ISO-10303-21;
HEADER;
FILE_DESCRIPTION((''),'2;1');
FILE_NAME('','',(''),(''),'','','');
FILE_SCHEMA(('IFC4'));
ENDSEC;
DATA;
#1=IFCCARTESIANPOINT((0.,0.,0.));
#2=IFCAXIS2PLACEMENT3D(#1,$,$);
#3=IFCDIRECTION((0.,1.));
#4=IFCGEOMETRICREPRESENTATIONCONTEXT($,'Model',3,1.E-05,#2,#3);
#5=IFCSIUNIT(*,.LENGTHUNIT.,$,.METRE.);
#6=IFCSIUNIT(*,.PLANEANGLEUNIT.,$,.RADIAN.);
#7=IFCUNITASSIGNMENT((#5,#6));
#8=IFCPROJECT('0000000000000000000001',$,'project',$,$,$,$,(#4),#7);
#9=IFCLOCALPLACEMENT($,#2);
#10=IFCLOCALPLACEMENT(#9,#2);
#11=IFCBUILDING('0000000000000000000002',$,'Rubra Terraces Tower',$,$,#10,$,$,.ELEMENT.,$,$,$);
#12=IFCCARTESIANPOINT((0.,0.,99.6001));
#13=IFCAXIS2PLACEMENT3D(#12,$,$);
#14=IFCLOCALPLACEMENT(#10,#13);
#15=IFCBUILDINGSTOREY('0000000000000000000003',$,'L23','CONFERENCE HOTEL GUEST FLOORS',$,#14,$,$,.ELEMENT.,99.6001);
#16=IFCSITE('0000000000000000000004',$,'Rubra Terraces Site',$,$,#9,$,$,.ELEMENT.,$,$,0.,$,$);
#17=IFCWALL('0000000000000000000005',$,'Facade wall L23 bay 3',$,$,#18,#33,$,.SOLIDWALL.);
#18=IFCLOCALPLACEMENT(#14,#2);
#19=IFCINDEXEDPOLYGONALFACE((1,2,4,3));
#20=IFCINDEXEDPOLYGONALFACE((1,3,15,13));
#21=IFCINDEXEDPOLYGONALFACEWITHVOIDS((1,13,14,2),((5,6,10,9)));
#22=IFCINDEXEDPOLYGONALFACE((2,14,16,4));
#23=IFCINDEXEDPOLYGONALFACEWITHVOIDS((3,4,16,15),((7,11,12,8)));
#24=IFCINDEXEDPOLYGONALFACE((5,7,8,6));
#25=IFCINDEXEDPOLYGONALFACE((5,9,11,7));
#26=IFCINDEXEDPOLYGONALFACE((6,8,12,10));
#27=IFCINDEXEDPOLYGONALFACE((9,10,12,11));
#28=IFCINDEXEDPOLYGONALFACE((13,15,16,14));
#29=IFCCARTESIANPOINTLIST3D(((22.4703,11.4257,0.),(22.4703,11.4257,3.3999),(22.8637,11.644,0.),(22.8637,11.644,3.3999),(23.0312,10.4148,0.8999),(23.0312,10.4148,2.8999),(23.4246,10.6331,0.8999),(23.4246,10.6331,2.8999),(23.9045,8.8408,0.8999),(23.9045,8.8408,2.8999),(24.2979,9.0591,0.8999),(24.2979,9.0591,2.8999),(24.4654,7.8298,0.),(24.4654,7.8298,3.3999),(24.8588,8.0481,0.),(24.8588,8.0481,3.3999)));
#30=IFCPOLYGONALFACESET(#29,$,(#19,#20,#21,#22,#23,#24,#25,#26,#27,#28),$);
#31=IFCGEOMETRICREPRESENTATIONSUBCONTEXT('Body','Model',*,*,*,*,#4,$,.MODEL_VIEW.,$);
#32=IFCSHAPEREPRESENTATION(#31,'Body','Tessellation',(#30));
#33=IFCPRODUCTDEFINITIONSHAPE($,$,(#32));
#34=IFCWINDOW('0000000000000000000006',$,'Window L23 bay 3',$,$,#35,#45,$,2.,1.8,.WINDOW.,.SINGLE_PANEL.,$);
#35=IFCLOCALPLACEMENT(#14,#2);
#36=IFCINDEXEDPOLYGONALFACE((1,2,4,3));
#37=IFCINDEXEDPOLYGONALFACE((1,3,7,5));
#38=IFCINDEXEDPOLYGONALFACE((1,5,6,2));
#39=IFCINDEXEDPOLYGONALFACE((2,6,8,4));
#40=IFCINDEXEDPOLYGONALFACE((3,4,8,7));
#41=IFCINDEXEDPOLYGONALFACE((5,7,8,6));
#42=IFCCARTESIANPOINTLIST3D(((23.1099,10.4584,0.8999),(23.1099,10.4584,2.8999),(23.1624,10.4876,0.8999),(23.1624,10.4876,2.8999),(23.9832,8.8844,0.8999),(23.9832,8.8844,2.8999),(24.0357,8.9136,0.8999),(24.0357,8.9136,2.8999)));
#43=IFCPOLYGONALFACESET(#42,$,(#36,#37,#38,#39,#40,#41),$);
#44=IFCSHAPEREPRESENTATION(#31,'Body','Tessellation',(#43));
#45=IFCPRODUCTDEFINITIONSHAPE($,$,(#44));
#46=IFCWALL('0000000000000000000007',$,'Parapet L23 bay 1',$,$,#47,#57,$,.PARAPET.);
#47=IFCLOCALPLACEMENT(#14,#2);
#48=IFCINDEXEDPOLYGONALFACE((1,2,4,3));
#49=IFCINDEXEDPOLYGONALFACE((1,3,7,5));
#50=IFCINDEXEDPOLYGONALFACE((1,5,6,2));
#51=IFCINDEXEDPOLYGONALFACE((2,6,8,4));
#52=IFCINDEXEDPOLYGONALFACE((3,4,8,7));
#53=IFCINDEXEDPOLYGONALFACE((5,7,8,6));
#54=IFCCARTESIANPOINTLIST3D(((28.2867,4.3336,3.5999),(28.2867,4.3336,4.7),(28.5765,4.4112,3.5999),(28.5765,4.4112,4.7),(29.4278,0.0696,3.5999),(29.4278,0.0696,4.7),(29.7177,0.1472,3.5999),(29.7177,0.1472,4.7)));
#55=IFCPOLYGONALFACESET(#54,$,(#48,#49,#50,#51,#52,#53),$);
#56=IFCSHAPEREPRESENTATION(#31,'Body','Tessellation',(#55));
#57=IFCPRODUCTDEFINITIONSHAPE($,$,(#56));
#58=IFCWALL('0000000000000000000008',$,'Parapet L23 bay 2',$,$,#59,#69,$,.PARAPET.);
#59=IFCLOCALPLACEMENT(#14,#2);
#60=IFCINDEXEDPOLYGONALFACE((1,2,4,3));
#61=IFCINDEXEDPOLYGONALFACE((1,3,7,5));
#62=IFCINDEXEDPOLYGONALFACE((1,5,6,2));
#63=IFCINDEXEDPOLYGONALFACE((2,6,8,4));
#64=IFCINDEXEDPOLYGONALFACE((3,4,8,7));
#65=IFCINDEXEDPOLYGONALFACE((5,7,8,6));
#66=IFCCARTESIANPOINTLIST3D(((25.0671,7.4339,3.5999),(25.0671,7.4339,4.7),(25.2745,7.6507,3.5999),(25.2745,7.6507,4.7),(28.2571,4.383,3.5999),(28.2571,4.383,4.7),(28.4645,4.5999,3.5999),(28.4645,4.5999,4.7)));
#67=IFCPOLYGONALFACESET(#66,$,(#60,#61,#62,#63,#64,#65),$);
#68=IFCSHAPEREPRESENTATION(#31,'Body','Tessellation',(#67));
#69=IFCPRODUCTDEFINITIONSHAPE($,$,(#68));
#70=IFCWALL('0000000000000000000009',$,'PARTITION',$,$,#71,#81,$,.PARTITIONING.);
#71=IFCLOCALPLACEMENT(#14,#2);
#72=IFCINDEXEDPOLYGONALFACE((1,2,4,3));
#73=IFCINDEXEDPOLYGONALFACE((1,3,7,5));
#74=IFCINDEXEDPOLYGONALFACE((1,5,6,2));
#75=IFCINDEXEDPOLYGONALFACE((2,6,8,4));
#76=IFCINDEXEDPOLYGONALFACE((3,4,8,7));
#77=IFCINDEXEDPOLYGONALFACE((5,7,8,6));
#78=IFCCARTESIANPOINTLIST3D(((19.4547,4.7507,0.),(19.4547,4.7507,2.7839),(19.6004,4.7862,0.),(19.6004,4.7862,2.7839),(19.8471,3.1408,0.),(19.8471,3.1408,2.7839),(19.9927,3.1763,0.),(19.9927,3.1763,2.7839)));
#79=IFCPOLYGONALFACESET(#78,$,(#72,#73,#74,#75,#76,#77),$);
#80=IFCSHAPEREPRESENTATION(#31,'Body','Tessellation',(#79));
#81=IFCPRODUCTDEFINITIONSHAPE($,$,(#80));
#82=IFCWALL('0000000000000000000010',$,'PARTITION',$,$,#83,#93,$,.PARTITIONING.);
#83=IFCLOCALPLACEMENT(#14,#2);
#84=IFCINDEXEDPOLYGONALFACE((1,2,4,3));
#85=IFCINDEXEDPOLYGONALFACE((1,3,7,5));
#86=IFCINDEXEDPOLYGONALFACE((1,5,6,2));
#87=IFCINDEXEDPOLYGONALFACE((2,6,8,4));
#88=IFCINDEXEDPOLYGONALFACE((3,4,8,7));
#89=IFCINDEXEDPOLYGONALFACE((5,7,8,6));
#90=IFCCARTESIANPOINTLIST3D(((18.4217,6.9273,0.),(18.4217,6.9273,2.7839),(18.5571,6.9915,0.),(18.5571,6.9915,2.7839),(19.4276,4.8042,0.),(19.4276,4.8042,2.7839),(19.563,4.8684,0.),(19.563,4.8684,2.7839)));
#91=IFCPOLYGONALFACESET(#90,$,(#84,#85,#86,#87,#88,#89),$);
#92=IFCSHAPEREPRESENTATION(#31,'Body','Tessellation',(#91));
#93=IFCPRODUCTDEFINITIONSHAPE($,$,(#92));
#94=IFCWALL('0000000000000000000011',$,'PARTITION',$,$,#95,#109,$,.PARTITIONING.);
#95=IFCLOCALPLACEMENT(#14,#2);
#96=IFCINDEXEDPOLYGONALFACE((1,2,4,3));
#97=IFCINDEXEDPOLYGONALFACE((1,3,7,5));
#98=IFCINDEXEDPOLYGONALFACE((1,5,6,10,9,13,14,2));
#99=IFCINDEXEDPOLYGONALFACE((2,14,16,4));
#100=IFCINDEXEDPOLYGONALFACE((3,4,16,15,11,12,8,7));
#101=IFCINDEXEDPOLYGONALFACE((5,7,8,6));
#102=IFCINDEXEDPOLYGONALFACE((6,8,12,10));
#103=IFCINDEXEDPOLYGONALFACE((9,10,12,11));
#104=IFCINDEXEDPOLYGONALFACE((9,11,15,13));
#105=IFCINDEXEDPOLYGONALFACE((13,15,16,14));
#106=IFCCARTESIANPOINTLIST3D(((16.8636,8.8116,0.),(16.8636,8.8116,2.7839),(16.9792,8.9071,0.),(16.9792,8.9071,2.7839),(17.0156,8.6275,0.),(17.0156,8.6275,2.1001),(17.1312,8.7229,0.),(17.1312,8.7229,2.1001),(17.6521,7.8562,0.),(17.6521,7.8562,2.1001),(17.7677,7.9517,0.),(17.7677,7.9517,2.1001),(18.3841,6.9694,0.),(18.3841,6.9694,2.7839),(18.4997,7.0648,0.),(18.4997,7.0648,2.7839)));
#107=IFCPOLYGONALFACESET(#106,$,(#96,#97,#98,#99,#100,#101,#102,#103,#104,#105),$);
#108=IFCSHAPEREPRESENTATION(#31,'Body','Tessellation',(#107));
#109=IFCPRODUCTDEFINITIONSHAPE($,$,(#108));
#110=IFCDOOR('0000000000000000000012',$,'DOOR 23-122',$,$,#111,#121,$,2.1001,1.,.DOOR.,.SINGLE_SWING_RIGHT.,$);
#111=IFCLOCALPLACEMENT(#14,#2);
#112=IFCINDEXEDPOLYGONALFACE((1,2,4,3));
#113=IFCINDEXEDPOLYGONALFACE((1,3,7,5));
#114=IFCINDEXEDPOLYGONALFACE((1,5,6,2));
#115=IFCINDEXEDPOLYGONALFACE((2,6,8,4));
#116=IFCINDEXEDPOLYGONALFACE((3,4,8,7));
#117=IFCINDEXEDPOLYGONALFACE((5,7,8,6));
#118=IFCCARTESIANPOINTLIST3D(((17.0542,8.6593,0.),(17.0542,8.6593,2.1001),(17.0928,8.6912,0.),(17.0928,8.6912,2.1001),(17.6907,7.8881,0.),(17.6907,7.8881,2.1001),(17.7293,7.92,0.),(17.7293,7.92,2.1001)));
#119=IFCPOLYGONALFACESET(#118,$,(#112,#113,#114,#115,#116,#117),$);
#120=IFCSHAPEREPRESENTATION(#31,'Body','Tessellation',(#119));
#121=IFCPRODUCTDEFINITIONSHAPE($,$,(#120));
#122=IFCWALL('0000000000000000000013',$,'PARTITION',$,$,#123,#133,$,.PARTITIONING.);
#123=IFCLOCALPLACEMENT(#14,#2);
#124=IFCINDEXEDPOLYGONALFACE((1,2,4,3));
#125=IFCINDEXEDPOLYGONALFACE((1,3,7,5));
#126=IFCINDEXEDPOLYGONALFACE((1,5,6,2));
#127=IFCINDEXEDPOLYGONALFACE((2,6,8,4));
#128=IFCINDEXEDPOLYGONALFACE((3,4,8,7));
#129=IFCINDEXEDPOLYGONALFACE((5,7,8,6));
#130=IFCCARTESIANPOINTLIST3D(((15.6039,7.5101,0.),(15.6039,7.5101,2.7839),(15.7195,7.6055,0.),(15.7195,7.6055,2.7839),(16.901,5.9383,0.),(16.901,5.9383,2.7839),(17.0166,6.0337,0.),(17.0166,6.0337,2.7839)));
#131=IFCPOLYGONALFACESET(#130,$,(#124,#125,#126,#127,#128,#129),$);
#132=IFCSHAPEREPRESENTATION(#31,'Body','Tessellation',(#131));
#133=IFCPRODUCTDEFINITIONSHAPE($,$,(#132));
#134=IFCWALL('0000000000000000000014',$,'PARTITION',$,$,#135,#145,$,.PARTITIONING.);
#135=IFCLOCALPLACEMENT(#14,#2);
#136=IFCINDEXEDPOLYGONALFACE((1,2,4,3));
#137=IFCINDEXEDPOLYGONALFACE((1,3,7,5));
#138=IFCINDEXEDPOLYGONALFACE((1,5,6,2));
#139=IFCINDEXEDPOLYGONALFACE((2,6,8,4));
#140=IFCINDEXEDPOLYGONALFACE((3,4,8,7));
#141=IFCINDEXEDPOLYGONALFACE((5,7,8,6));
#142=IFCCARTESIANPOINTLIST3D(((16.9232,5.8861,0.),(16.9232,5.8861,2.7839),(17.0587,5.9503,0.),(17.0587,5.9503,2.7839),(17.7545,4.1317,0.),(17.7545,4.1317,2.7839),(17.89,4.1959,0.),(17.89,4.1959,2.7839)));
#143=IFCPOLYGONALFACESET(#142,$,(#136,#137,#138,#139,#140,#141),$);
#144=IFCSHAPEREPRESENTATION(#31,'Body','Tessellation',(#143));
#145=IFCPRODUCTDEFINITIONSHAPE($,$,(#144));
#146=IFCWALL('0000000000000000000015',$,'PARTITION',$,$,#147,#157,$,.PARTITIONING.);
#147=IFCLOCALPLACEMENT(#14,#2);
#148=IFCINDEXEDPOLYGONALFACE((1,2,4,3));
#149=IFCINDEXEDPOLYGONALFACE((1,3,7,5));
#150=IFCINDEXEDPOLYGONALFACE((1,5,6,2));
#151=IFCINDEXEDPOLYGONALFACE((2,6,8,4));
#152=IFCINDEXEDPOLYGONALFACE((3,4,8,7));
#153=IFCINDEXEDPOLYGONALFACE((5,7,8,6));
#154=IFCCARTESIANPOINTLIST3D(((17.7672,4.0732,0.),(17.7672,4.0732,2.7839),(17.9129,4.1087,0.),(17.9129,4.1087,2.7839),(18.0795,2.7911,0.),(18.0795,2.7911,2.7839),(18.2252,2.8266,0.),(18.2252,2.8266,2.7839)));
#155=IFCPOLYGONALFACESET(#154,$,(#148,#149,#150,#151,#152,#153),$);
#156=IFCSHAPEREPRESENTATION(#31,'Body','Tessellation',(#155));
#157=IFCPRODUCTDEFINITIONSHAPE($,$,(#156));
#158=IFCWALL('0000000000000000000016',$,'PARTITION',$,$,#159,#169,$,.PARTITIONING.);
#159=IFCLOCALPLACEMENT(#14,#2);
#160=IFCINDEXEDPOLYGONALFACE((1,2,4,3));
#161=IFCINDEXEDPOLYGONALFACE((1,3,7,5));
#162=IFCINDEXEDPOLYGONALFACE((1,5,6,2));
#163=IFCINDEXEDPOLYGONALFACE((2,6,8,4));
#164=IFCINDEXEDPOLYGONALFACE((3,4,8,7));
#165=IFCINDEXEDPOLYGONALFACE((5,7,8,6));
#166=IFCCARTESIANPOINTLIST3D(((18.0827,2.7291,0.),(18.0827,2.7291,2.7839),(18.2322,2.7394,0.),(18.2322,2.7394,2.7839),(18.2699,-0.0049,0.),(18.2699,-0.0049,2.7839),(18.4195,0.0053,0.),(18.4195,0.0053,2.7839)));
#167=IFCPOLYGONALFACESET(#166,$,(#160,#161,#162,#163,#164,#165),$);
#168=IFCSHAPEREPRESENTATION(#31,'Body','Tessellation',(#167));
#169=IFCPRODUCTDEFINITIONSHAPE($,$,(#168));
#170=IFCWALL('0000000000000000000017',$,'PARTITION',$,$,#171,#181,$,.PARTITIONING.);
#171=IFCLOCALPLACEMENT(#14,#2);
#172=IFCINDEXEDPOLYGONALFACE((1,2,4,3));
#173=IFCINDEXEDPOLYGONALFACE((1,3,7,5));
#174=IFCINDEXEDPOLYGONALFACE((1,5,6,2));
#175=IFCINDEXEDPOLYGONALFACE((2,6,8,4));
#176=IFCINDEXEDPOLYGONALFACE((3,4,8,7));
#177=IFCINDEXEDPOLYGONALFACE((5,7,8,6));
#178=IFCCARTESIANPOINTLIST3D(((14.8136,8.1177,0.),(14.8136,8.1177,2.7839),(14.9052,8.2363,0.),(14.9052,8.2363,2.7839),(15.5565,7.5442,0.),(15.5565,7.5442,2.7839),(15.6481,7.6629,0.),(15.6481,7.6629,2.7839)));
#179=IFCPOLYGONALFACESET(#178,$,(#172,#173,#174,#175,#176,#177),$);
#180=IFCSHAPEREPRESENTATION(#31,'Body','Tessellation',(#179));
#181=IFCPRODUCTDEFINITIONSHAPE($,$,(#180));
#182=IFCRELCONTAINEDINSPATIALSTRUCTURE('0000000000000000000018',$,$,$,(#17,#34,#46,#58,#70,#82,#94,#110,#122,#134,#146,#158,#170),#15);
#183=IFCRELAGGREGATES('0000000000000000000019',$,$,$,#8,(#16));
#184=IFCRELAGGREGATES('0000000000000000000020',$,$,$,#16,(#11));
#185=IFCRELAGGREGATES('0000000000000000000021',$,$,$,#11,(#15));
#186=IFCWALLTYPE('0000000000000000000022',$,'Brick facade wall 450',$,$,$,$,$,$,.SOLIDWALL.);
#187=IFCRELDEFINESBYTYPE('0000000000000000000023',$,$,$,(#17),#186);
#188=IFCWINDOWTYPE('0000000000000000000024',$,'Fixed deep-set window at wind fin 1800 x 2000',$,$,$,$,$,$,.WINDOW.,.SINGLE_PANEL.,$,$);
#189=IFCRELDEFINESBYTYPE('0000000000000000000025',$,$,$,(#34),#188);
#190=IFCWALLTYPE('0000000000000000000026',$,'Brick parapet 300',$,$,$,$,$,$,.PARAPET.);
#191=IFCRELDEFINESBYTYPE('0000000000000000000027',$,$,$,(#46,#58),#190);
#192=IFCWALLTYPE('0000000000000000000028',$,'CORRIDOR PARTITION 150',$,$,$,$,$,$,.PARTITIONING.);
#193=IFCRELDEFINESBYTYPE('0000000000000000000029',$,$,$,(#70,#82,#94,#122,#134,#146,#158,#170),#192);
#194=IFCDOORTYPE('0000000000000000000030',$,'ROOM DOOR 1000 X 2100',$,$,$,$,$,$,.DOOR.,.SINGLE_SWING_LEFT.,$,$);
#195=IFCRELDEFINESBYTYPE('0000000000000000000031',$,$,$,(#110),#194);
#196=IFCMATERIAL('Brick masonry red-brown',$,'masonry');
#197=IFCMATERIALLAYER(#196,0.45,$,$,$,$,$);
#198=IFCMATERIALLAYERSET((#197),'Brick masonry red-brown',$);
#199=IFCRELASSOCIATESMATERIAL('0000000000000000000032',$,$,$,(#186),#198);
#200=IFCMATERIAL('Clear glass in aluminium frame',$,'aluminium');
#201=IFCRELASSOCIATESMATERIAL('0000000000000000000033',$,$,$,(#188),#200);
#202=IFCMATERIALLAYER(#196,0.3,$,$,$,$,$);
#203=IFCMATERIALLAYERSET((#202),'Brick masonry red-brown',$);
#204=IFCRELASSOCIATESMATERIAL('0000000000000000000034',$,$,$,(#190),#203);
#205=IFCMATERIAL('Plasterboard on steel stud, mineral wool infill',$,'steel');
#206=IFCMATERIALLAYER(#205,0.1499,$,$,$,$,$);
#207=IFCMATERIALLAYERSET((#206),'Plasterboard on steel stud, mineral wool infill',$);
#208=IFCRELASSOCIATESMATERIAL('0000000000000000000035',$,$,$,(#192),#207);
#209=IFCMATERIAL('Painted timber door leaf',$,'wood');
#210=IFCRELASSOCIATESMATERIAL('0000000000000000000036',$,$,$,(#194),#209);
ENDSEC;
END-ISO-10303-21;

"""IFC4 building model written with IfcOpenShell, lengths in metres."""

from ifc_helpers import new_model, si_unit, direction, frame, frame_2d, origin, place, context, subcontext, project, spatial, rectangle, extrude, material, layer, layer_set, type_object, element, fill, save


model = new_model("IFC4")

# Units and contexts
model_context = context("Model", 3, precision=1e-05, world=origin(), true_north=direction((0.0, 1.0)))
body_context = subcontext(model_context, "Body", "Model", "MODEL_VIEW")
ifc_project = project(units=[si_unit("LENGTHUNIT", "METRE"), si_unit("PLANEANGLEUNIT", "RADIAN")], contexts=[model_context])

# Site, building, storey
site_placement = place(None, origin())
site = spatial("IfcSite", under=ifc_project, at=site_placement, Name="Rubra Terraces Site", CompositionType="ELEMENT", RefElevation=0.0)
building_placement = place(site_placement, origin())
building = spatial("IfcBuilding", under=site, at=building_placement, Name="Rubra Terraces Tower", CompositionType="ELEMENT")
storey_placement = place(building_placement, frame((0.0, 0.0, 99.6001)))
storey = spatial("IfcBuildingStorey", under=building, at=storey_placement, Name="L23", Description="CONFERENCE HOTEL GUEST FLOORS", CompositionType="ELEMENT", Elevation=99.6001)

# Wall, opening, window
ifc_material_1 = material(Name="Brick masonry red-brown", Category="masonry")
ifc_layer_1 = layer(ifc_material_1, 0.45)
ifc_layer_set_1 = layer_set([ifc_layer_1], Name="Brick masonry red-brown")
wall_type_1 = type_object("IfcWallType", Name="Brick facade wall 450", PredefinedType="SOLIDWALL", material=ifc_layer_set_1)
ifc_material_2 = material(Name="Clear glass in aluminium frame", Category="aluminium")
wall_1_placement = place(storey_placement, frame((24.6621, 7.939, 0.0), z_axis=(0.0, 0.0, 1.0), x_axis=(-0.485154, 0.874429, 0.0)))
wall_1 = element("IfcWall", 1, at=wall_1_placement, inside=storey, type_object=wall_type_1, Name="Facade wall L23 bay 3", PredefinedType="SOLIDWALL", context=body_context, shape_type="SweptSolid", body=[
    extrude(rectangle(XDim=4.1123, YDim=0.45, at=frame_2d((2.0562, 0.0))), origin(), (0.0, 0.0, 1.0), 3.3999),
])
opening_1_placement = place(wall_1_placement, frame((1.1562, 0.0, 0.8999)))
opening_1 = element("IfcOpeningElement", 2, at=opening_1_placement, cuts=wall_1, PredefinedType="OPENING", context=body_context, shape_type="SweptSolid", body=[
    extrude(rectangle(XDim=1.8, YDim=2.0, at=frame_2d((0.8999, 1.0))), frame((0.0, 0.2349, 0.0), z_axis=(0.0, -1.0, 0.0), x_axis=(1.0, 0.0, 0.0)), (0.0, 0.0, 1.0), 0.47),
])
window_type_1 = type_object("IfcWindowType", Name="Fixed deep-set window at wind fin 1800 x 2000", PartitioningType="SINGLE_PANEL", PredefinedType="WINDOW", material=ifc_material_2)
window_1_placement = place(opening_1_placement, origin())
window_1 = element("IfcWindow", 3, at=window_1_placement, inside=storey, type_object=window_type_1, Name="Window L23 bay 3", OverallHeight=2.0, OverallWidth=1.8, PartitioningType="SINGLE_PANEL", PredefinedType="WINDOW", context=body_context, shape_type="SweptSolid", body=[
    extrude(rectangle(XDim=1.8, YDim=2.0, at=frame_2d((0.8999, 1.0))), frame((0.0, 0.135, 0.0), z_axis=(0.0, -1.0, 0.0), x_axis=(1.0, 0.0, 0.0)), (0.0, 0.0, 1.0), 0.0601),
])
fill(opening_1, window_1)

# Walls
ifc_layer_2 = layer(ifc_material_1, 0.3)
ifc_layer_set_2 = layer_set([ifc_layer_2], Name="Brick masonry red-brown")
wall_type_2 = type_object("IfcWallType", Name="Brick parapet 300", PredefinedType="PARAPET", material=ifc_layer_set_2)
for number, where, z_axis, x_axis, name in (
    (4, (29.5728, 0.1084, 3.5999), (0.0, 0.0, 1.0), (-0.258523, 0.966005, 0.0), "Parapet L23 bay 1"),
    (5, (28.3608, 4.4915, 3.5999), (0.0, 0.0, 1.0), (-0.722695, 0.691167, 0.0), "Parapet L23 bay 2"),
):
    element("IfcWall", number, at=place(storey_placement, frame(where, z_axis=z_axis, x_axis=x_axis)), inside=storey, type_object=wall_type_2, Name=name, PredefinedType="PARAPET", context=body_context, shape_type="SweptSolid", body=[
        extrude(rectangle(XDim=4.4141, YDim=0.3, at=frame_2d((2.207, 0.0))), origin(), (0.0, 0.0, 1.0), 1.1001),
    ])
ifc_material_3 = material(Name="Plasterboard on steel stud, mineral wool infill", Category="steel")
ifc_layer_3 = layer(ifc_material_3, 0.1499)
ifc_layer_set_3 = layer_set([ifc_layer_3], Name="Plasterboard on steel stud, mineral wool infill")
wall_type_3 = type_object("IfcWallType", Name="CORRIDOR PARTITION 150", PredefinedType="PARTITIONING", material=ifc_layer_set_3)
wall_2_placement = place(storey_placement, frame((19.9199, 3.1584, 0.0), z_axis=(0.0, 0.0, 1.0), x_axis=(-0.236776, 0.971564, 0.0)))
element("IfcWall", 6, at=wall_2_placement, inside=storey, type_object=wall_type_3, Name="PARTITION", PredefinedType="PARTITIONING", context=body_context, shape_type="SweptSolid", body=[
    extrude(rectangle(XDim=1.657, YDim=0.1499, at=frame_2d((0.8286, 0.0))), origin(), (0.0, 0.0, 1.0), 2.7839),
])
wall_3_placement = place(storey_placement, frame((19.4954, 4.8362, 0.0), z_axis=(0.0, 0.0, 1.0), x_axis=(-0.428158, 0.903704, 0.0)))
element("IfcWall", 7, at=wall_3_placement, inside=storey, type_object=wall_type_3, Name="PARTITION", PredefinedType="PARTITIONING", context=body_context, shape_type="SweptSolid", body=[
    extrude(rectangle(XDim=2.3494, YDim=0.1499, at=frame_2d((1.1748, 0.0))), origin(), (0.0, 0.0, 1.0), 2.7839),
])

# Wall, opening, door
wall_4_placement = place(storey_placement, frame((18.4419, 7.0171, 0.0), z_axis=(0.0, 0.0, 1.0), x_axis=(-0.636538, 0.771245, 0.0)))
wall_4 = element("IfcWall", 8, at=wall_4_placement, inside=storey, type_object=wall_type_3, Name="PARTITION", PredefinedType="PARTITIONING", context=body_context, shape_type="SweptSolid", body=[
    extrude(rectangle(XDim=2.3887, YDim=0.1499, at=frame_2d((1.1943, 0.0))), origin(), (0.0, 0.0, 1.0), 2.7839),
])
opening_2_placement = place(wall_4_placement, frame((1.1499, 0.0, 0.0)))
opening_2 = element("IfcOpeningElement", 9, at=opening_2_placement, cuts=wall_4, PredefinedType="OPENING", context=body_context, shape_type="SweptSolid", body=[
    extrude(rectangle(XDim=1.0, YDim=2.1001, at=frame_2d((0.5, 1.05))), frame((0.0, 0.085, 0.0), z_axis=(0.0, -1.0, 0.0), x_axis=(1.0, 0.0, 0.0)), (0.0, 0.0, 1.0), 0.1699),
])
ifc_material_4 = material(Name="Painted timber door leaf", Category="wood")
door_type_1 = type_object("IfcDoorType", Name="ROOM DOOR 1000 X 2100", OperationType="SINGLE_SWING_LEFT", PredefinedType="DOOR", material=ifc_material_4)
door_1_placement = place(opening_2_placement, origin())
door_1 = element("IfcDoor", 10, at=door_1_placement, inside=storey, type_object=door_type_1, Name="DOOR 23-122", OperationType="SINGLE_SWING_RIGHT", OverallHeight=2.1001, OverallWidth=1.0, PredefinedType="DOOR", context=body_context, shape_type="SweptSolid", body=[
    extrude(rectangle(XDim=1.0, YDim=2.1001, at=frame_2d((0.5, 1.05))), frame((0.0, 0.0249, 0.0), z_axis=(0.0, -1.0, 0.0), x_axis=(1.0, 0.0, 0.0)), (0.0, 0.0, 1.0), 0.05),
])
fill(opening_2, door_1)

# Walls
wall_5_placement = place(storey_placement, frame((15.6616, 7.5579, 0.0), z_axis=(0.0, 0.0, 1.0), x_axis=(0.636501, -0.771276, 0.0)))
element("IfcWall", 11, at=wall_5_placement, inside=storey, type_object=wall_type_3, Name="PARTITION", PredefinedType="PARTITIONING", context=body_context, shape_type="SweptSolid", body=[
    extrude(rectangle(XDim=2.0378, YDim=0.1499, at=frame_2d((1.019, 0.0))), origin(), (0.0, 0.0, 1.0), 2.7839),
])
wall_6_placement = place(storey_placement, frame((16.991, 5.9182, 0.0), z_axis=(0.0, 0.0, 1.0), x_axis=(0.4282, -0.903684, 0.0)))
element("IfcWall", 12, at=wall_6_placement, inside=storey, type_object=wall_type_3, Name="PARTITION", PredefinedType="PARTITIONING", context=body_context, shape_type="SweptSolid", body=[
    extrude(rectangle(XDim=1.9414, YDim=0.1499, at=frame_2d((0.9707, 0.0))), origin(), (0.0, 0.0, 1.0), 2.7839),
])
wall_7_placement = place(storey_placement, frame((17.8401, 4.0908, 0.0), z_axis=(0.0, 0.0, 1.0), x_axis=(0.236654, -0.971594, 0.0)))
element("IfcWall", 13, at=wall_7_placement, inside=storey, type_object=wall_type_3, Name="PARTITION", PredefinedType="PARTITIONING", context=body_context, shape_type="SweptSolid", body=[
    extrude(rectangle(XDim=1.3196, YDim=0.1499, at=frame_2d((0.6597, 0.0))), origin(), (0.0, 0.0, 1.0), 2.7839),
])
wall_8_placement = place(storey_placement, frame((18.1575, 2.7341, 0.0), z_axis=(0.0, 0.0, 1.0), x_axis=(0.068328, -0.997663, 0.0)))
element("IfcWall", 14, at=wall_8_placement, inside=storey, type_object=wall_type_3, Name="PARTITION", PredefinedType="PARTITIONING", context=body_context, shape_type="SweptSolid", body=[
    extrude(rectangle(XDim=2.7405, YDim=0.1499, at=frame_2d((1.3701, 0.0))), origin(), (0.0, 0.0, 1.0), 2.7839),
])
wall_9_placement = place(storey_placement, frame((14.8594, 8.177, 0.0), z_axis=(0.0, 0.0, 1.0), x_axis=(0.791588, -0.611055, 0.0)))
element("IfcWall", 15, at=wall_9_placement, inside=storey, type_object=wall_type_3, Name="PARTITION", PredefinedType="PARTITIONING", context=body_context, shape_type="SweptSolid", body=[
    extrude(rectangle(XDim=0.9385, YDim=0.1499, at=frame_2d((0.4692, 0.0))), origin(), (0.0, 0.0, 1.0), 2.7839),
])

save(model, "model.ifc")
